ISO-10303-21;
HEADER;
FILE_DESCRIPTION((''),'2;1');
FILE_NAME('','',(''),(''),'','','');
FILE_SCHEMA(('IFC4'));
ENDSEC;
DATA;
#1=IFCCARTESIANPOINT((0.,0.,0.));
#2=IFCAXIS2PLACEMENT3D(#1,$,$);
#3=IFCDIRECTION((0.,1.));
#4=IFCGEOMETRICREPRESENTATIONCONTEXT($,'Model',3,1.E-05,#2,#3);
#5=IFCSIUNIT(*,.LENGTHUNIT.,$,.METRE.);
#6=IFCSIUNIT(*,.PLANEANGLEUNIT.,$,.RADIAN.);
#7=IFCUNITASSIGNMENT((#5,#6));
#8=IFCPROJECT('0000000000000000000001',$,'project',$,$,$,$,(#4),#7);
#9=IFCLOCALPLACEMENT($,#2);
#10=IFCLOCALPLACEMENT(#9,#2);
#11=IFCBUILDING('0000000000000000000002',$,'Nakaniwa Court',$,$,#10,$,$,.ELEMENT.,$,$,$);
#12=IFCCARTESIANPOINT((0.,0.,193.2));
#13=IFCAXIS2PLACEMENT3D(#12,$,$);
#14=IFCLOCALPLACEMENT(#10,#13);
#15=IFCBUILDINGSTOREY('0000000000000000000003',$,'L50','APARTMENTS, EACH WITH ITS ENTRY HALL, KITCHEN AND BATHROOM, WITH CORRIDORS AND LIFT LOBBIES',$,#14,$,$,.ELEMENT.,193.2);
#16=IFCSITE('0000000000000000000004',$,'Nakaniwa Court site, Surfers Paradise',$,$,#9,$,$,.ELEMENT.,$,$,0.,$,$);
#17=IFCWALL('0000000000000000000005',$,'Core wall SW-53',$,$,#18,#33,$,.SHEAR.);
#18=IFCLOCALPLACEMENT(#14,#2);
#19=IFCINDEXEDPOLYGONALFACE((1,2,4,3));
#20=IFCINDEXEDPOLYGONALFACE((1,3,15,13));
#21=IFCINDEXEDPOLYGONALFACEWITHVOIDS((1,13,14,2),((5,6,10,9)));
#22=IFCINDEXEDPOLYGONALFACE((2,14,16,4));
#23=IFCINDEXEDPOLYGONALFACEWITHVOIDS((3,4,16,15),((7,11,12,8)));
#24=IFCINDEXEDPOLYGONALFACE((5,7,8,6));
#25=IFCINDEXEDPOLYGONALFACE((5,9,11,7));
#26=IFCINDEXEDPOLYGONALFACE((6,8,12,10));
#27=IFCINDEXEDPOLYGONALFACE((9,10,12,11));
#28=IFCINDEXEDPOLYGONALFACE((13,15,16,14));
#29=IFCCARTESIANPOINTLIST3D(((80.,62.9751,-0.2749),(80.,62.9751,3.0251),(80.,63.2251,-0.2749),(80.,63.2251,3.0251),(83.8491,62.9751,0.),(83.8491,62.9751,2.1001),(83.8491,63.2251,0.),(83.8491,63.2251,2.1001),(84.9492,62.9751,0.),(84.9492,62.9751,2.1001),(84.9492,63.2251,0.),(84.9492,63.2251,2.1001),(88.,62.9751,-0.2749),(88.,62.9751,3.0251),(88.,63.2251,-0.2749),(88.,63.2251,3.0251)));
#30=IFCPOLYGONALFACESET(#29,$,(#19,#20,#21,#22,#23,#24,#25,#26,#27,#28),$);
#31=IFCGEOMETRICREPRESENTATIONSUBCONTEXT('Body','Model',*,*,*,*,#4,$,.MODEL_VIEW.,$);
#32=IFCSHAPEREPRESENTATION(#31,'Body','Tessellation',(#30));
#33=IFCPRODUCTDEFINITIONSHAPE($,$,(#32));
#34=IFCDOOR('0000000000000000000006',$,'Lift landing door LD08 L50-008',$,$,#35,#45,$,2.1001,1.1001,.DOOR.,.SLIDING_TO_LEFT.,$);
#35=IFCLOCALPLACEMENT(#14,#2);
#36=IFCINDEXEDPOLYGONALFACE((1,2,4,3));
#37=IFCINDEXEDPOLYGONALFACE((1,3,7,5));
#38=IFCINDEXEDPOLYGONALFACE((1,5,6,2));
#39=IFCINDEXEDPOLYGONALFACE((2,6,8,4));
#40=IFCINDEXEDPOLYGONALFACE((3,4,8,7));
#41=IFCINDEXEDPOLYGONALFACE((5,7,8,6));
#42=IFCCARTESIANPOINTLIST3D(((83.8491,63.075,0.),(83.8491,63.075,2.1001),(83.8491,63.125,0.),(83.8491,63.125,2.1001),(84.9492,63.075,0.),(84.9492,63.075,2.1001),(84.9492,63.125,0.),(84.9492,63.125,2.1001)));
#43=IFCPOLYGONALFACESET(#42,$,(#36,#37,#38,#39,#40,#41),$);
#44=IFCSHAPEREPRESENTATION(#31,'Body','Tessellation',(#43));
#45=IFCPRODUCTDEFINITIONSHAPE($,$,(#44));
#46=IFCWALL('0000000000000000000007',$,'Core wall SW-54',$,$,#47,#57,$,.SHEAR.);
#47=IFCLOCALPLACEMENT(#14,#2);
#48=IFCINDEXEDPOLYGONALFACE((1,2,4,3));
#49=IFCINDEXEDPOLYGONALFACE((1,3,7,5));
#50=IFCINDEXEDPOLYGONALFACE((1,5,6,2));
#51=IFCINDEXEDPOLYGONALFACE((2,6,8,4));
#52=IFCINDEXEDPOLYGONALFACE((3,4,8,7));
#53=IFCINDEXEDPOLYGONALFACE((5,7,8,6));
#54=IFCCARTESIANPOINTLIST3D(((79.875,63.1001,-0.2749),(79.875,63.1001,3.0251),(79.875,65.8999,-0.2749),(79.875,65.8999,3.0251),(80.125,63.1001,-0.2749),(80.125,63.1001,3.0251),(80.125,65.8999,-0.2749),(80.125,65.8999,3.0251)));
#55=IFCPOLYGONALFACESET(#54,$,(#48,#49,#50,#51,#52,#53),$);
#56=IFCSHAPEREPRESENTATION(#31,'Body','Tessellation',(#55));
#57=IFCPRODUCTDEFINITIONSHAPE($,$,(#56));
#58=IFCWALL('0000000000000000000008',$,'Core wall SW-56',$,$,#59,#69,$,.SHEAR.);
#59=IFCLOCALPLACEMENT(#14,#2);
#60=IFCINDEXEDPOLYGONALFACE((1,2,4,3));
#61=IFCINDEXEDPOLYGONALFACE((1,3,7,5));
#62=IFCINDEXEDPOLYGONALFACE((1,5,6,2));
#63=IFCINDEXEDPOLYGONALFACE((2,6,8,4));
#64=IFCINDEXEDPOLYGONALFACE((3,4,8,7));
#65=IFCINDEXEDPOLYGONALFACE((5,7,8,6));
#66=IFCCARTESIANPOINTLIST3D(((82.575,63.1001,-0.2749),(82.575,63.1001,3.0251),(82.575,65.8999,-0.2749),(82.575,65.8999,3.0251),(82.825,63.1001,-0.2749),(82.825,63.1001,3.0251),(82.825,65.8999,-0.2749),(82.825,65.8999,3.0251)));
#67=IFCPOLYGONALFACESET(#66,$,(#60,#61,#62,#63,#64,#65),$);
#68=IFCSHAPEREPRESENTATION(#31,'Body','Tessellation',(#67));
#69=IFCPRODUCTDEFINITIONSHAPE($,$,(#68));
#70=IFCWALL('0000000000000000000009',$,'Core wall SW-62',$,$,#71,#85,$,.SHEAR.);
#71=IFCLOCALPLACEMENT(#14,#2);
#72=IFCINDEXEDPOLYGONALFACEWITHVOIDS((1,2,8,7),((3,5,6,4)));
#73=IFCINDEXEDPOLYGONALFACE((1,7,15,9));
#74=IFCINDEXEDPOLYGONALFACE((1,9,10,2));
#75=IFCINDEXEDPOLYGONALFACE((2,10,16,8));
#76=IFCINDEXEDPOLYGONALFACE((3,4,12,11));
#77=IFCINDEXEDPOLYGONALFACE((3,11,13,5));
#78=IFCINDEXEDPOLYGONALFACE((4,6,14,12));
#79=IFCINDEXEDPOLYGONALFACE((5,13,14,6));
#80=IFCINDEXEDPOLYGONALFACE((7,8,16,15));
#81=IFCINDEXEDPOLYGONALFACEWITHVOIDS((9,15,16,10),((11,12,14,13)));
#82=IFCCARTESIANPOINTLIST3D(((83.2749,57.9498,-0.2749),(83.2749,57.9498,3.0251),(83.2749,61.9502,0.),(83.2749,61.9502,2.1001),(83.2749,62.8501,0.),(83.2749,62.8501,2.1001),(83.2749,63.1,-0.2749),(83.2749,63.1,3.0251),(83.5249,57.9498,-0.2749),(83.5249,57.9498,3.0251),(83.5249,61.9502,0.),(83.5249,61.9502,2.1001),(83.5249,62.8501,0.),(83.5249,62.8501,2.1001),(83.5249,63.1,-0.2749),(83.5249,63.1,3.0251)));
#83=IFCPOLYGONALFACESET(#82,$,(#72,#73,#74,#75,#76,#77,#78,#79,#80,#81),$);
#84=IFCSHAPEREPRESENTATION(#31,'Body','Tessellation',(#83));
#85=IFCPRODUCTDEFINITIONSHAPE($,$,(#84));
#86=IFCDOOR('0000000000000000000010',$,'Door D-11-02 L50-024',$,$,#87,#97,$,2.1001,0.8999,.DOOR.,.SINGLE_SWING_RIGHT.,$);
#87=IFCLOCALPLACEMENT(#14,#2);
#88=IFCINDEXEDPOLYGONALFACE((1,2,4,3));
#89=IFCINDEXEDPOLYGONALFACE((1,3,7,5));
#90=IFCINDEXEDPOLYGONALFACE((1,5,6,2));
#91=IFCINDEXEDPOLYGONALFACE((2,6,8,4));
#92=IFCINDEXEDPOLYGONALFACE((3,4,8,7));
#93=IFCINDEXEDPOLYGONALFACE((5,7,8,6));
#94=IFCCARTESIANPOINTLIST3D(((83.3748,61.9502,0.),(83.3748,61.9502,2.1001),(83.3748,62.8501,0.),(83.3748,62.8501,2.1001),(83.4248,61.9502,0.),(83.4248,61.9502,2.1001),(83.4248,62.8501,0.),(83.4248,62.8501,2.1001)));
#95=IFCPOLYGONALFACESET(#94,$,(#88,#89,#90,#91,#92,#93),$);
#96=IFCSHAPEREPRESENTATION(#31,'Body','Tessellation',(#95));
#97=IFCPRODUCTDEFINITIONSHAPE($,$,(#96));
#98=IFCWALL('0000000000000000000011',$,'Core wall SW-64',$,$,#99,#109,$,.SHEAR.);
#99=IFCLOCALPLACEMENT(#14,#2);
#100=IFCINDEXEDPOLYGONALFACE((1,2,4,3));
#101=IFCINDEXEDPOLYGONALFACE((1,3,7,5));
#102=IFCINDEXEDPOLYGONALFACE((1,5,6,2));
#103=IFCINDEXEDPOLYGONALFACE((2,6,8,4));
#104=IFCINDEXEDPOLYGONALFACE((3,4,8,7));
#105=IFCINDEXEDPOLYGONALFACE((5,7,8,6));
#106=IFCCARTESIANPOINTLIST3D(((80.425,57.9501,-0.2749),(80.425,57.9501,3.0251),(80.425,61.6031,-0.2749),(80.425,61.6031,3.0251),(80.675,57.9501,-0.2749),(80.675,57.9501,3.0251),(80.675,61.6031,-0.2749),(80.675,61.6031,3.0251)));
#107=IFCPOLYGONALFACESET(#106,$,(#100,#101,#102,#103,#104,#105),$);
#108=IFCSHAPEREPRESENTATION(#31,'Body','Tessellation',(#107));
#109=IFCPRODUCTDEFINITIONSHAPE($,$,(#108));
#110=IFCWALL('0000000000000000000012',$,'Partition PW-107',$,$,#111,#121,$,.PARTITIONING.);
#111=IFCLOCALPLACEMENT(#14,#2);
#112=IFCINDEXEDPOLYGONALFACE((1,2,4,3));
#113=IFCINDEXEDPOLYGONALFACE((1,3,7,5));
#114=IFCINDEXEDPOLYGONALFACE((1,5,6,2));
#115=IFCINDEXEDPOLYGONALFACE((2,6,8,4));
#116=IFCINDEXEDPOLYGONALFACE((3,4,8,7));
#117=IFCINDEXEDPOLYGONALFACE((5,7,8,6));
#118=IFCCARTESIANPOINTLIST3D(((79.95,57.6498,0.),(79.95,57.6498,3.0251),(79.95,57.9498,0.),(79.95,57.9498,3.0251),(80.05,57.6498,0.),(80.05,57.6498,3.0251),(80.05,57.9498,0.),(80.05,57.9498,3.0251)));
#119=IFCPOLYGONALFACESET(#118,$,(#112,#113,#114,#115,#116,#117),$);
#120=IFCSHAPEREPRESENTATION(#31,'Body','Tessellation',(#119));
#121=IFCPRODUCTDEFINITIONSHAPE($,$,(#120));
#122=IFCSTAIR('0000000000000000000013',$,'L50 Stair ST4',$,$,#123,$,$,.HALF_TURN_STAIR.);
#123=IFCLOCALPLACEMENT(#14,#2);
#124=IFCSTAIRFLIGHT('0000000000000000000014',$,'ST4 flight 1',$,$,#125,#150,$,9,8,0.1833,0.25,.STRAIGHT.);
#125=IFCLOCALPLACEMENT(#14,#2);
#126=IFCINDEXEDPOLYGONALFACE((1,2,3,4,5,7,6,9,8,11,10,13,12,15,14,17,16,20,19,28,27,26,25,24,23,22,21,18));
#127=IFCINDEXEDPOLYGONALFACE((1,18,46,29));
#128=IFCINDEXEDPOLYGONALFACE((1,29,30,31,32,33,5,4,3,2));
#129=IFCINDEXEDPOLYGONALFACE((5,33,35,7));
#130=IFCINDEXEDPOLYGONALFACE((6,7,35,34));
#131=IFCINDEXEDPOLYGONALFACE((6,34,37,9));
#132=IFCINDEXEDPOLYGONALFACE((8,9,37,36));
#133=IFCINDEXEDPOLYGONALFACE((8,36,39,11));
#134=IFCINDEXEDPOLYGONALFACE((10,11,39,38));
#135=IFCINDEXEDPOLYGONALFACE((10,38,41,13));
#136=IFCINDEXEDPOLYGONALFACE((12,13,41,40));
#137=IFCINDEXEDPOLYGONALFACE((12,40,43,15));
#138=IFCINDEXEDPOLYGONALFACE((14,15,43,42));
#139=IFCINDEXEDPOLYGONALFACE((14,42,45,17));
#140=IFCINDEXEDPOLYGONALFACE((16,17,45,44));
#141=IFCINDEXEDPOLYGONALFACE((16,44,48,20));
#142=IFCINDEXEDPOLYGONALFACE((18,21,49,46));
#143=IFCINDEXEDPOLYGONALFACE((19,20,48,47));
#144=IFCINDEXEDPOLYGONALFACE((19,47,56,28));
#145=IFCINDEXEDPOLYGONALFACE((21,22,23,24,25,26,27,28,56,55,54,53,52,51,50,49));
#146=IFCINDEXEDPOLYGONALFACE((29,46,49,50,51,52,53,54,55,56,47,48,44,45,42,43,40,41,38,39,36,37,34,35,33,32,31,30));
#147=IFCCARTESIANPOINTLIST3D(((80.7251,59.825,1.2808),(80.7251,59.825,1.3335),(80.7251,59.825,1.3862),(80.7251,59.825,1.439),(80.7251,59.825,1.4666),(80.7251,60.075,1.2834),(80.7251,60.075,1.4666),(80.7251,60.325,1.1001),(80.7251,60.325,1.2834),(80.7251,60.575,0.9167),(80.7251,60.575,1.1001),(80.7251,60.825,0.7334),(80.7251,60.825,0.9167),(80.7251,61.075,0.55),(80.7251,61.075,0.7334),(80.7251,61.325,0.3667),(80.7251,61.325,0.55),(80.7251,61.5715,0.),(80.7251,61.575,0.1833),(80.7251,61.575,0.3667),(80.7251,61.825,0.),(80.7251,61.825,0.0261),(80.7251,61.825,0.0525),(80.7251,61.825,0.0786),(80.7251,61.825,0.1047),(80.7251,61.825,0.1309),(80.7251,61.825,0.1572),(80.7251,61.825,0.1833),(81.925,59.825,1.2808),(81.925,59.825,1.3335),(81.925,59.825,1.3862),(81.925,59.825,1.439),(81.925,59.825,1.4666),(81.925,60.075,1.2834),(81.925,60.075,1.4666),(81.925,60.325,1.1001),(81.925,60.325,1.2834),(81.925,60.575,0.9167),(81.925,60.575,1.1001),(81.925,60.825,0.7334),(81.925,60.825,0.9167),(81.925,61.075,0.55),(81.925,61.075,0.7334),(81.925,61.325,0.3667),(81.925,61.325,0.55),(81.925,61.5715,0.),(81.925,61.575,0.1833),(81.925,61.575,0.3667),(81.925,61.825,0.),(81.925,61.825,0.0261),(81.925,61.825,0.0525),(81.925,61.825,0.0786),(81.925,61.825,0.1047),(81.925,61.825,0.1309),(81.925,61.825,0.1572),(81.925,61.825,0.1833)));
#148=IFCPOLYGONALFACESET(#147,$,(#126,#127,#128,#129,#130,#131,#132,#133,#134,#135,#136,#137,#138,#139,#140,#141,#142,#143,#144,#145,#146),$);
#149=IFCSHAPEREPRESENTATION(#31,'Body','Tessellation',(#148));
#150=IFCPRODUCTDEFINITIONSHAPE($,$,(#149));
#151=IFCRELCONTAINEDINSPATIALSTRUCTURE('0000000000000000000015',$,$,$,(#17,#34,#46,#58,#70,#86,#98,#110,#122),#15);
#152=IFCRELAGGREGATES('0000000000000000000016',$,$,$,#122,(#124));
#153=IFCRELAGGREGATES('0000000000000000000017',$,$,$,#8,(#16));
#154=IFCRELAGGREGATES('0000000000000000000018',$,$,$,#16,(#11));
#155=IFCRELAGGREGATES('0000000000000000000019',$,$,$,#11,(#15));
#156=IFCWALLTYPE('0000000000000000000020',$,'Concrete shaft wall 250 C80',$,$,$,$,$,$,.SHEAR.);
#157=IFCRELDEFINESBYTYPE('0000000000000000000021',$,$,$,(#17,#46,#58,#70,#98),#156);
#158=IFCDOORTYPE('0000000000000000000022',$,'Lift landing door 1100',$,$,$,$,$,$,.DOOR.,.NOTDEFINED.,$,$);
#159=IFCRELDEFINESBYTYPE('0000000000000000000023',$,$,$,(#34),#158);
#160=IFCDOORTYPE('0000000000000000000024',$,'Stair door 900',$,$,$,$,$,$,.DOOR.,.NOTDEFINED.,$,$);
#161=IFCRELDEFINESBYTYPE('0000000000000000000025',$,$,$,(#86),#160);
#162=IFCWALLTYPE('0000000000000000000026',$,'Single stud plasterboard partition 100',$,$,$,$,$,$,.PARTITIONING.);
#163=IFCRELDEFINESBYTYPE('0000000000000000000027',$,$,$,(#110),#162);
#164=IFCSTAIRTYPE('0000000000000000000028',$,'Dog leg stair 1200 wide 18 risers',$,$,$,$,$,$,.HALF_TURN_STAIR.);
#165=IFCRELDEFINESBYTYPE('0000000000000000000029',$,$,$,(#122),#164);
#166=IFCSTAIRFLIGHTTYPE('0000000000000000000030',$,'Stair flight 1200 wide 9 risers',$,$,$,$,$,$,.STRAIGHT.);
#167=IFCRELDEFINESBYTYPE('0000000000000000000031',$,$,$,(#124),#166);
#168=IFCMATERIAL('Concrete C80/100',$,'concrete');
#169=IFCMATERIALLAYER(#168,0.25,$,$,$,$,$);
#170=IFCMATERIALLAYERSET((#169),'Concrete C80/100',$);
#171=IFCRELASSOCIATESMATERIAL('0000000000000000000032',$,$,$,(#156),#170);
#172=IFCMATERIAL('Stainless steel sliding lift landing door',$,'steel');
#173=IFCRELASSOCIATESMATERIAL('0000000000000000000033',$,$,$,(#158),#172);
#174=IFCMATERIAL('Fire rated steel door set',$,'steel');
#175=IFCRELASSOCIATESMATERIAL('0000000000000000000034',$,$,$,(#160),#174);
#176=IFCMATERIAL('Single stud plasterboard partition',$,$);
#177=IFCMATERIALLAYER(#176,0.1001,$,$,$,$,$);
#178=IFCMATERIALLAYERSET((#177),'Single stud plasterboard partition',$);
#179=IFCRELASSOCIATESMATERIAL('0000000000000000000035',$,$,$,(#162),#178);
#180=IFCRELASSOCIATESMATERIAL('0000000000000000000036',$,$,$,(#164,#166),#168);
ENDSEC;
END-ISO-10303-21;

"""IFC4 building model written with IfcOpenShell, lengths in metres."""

from ifc_helpers import new_model, si_unit, direction, frame, frame_2d, origin, place, context, subcontext, project, spatial, polyline, rectangle, outline, extrude, material, layer, layer_set, type_object, element, fill, aggregate, save


model = new_model("IFC4")

# Units and contexts
model_context = context("Model", 3, precision=1e-05, world=origin(), true_north=direction((0.0, 1.0)))
body_context = subcontext(model_context, "Body", "Model", "MODEL_VIEW")
ifc_project = project(units=[si_unit("LENGTHUNIT", "METRE"), si_unit("PLANEANGLEUNIT", "RADIAN")], contexts=[model_context])

# Site, building, storey
site_placement = place(None, origin())
site = spatial("IfcSite", under=ifc_project, at=site_placement, Name="Nakaniwa Court site, Surfers Paradise", CompositionType="ELEMENT", RefElevation=0.0)
building_placement = place(site_placement, origin())
building = spatial("IfcBuilding", under=site, at=building_placement, Name="Nakaniwa Court", CompositionType="ELEMENT")
storey_placement = place(building_placement, frame((0.0, 0.0, 193.2)))
storey = spatial("IfcBuildingStorey", under=building, at=storey_placement, Name="L50", Description="APARTMENTS, EACH WITH ITS ENTRY HALL, KITCHEN AND BATHROOM, WITH CORRIDORS AND LIFT LOBBIES", CompositionType="ELEMENT", Elevation=193.2)

# Shared definitions
ifc_material_1 = material(Name="Concrete C80/100", Category="concrete")

# Shared definitions
ifc_material_2 = material(Name="Fire rated steel door set", Category="steel")

# Wall, opening, door
ifc_layer_1 = layer(ifc_material_1, 0.25)
ifc_layer_set_1 = layer_set([ifc_layer_1], Name="Concrete C80/100")
wall_type_1 = type_object("IfcWallType", Name="Concrete shaft wall 250 C80", PredefinedType="SHEAR", material=ifc_layer_set_1)
wall_1_placement = place(storey_placement, frame((80.0, 63.1001, -0.2749), z_axis=(0.0, 0.0, 1.0), x_axis=(1.0, 0.0, 0.0)))
wall_1 = element("IfcWall", 1, at=wall_1_placement, inside=storey, type_object=wall_type_1, Name="Core wall SW-53", PredefinedType="SHEAR", context=body_context, shape_type="SweptSolid", body=[
    extrude(rectangle(XDim=8.0, YDim=0.25, at=frame_2d((4.0, 0.0))), origin(), (0.0, 0.0, 1.0), 3.3),
])
opening_1_placement = place(wall_1_placement, frame((3.8491, 0.0, 0.2749)))
opening_1 = element("IfcOpeningElement", 2, at=opening_1_placement, cuts=wall_1, PredefinedType="OPENING", context=body_context, shape_type="SweptSolid", body=[
    extrude(rectangle(XDim=1.1001, YDim=2.1001, at=frame_2d((0.55, 1.05))), frame((0.0, 0.135, 0.0), z_axis=(0.0, -1.0, 0.0), x_axis=(1.0, 0.0, 0.0)), (0.0, 0.0, 1.0), 0.27),
])
ifc_material_3 = material(Name="Stainless steel sliding lift landing door", Category="steel")
door_type_1 = type_object("IfcDoorType", Name="Lift landing door 1100", OperationType="NOTDEFINED", PredefinedType="DOOR", material=ifc_material_3)
door_1_placement = place(opening_1_placement, origin())
door_1 = element("IfcDoor", 3, at=door_1_placement, inside=storey, type_object=door_type_1, Name="Lift landing door LD08 L50-008", OperationType="SLIDING_TO_LEFT", OverallHeight=2.1001, OverallWidth=1.1001, PredefinedType="DOOR", context=body_context, shape_type="SweptSolid", body=[
    extrude(rectangle(XDim=1.1001, YDim=2.1001, at=frame_2d((0.55, 1.05))), frame((0.0, 0.0249, 0.0), z_axis=(0.0, -1.0, 0.0), x_axis=(1.0, 0.0, 0.0)), (0.0, 0.0, 1.0), 0.05),
])
fill(opening_1, door_1)

# Walls
for number, where, z_axis, x_axis, name in (
    (4, (80.0, 63.1001, -0.2749), (0.0, 0.0, 1.0), (0.0, 1.0, 0.0), "Core wall SW-54"),
    (5, (82.7, 63.1001, -0.2749), (0.0, 0.0, 1.0), (0.0, 1.0, 0.0), "Core wall SW-56"),
):
    element("IfcWall", number, at=place(storey_placement, frame(where, z_axis=z_axis, x_axis=x_axis)), inside=storey, type_object=wall_type_1, Name=name, PredefinedType="SHEAR", context=body_context, shape_type="SweptSolid", body=[
        extrude(rectangle(XDim=2.7998, YDim=0.25, at=frame_2d((1.3999, 0.0))), origin(), (0.0, 0.0, 1.0), 3.3),
    ])

# Wall, opening, door
wall_2_placement = place(storey_placement, frame((83.3999, 63.1001, -0.2749), z_axis=(0.0, 0.0, 1.0), x_axis=(0.0, -1.0, 0.0)))
wall_2 = element("IfcWall", 6, at=wall_2_placement, inside=storey, type_object=wall_type_1, Name="Core wall SW-62", PredefinedType="SHEAR", context=body_context, shape_type="SweptSolid", body=[
    extrude(rectangle(XDim=5.1501, YDim=0.25, at=frame_2d((2.5752, 0.0))), origin(), (0.0, 0.0, 1.0), 3.3),
])
opening_2_placement = place(wall_2_placement, frame((0.25, 0.0, 0.2749)))
opening_2 = element("IfcOpeningElement", 7, at=opening_2_placement, cuts=wall_2, PredefinedType="OPENING", context=body_context, shape_type="SweptSolid", body=[
    extrude(rectangle(XDim=0.8999, YDim=2.1001, at=frame_2d((0.45, 1.05))), frame((0.0, 0.135, 0.0), z_axis=(0.0, -1.0, 0.0), x_axis=(1.0, 0.0, 0.0)), (0.0, 0.0, 1.0), 0.27),
])
door_type_2 = type_object("IfcDoorType", Name="Stair door 900", OperationType="NOTDEFINED", PredefinedType="DOOR", material=ifc_material_2)
door_2_placement = place(opening_2_placement, origin())
door_2 = element("IfcDoor", 8, at=door_2_placement, inside=storey, type_object=door_type_2, Name="Door D-11-02 L50-024", OperationType="SINGLE_SWING_RIGHT", OverallHeight=2.1001, OverallWidth=0.8999, PredefinedType="DOOR", context=body_context, shape_type="SweptSolid", body=[
    extrude(rectangle(XDim=0.8999, YDim=2.1001, at=frame_2d((0.45, 1.05))), frame((0.0, 0.0249, 0.0), z_axis=(0.0, -1.0, 0.0), x_axis=(1.0, 0.0, 0.0)), (0.0, 0.0, 1.0), 0.05),
])
fill(opening_2, door_2)

# Walls
wall_3_placement = place(storey_placement, frame((80.55, 57.95, -0.2749), z_axis=(0.0, 0.0, 1.0), x_axis=(0.0, 1.0, 0.0)))
element("IfcWall", 9, at=wall_3_placement, inside=storey, type_object=wall_type_1, Name="Core wall SW-64", PredefinedType="SHEAR", context=body_context, shape_type="SweptSolid", body=[
    extrude(rectangle(XDim=3.6531, YDim=0.25, at=frame_2d((1.8267, 0.0))), origin(), (0.0, 0.0, 1.0), 3.3),
])
ifc_material_4 = material(Name="Single stud plasterboard partition")
ifc_layer_2 = layer(ifc_material_4, 0.1001)
ifc_layer_set_2 = layer_set([ifc_layer_2], Name="Single stud plasterboard partition")
wall_type_2 = type_object("IfcWallType", Name="Single stud plasterboard partition 100", PredefinedType="PARTITIONING", material=ifc_layer_set_2)
wall_4_placement = place(storey_placement, frame((80.0, 57.6499, 0.0), z_axis=(0.0, 0.0, 1.0), x_axis=(0.0, 1.0, 0.0)))
element("IfcWall", 10, at=wall_4_placement, inside=storey, type_object=wall_type_2, Name="Partition PW-107", PredefinedType="PARTITIONING", context=body_context, shape_type="SweptSolid", body=[
    extrude(rectangle(XDim=0.3, YDim=0.1001, at=frame_2d((0.1499, 0.0))), origin(), (0.0, 0.0, 1.0), 3.0251),
])

# Stair, stair flight
stair_type = type_object("IfcStairType", Name="Dog leg stair 1200 wide 18 risers", PredefinedType="HALF_TURN_STAIR", material=ifc_material_1)
stair_placement = place(storey_placement, origin())
stair = element("IfcStair", 11, at=stair_placement, inside=storey, type_object=stair_type, Name="L50 Stair ST4", PredefinedType="HALF_TURN_STAIR")
stair_flight_type = type_object("IfcStairFlightType", Name="Stair flight 1200 wide 9 risers", PredefinedType="STRAIGHT", material=ifc_material_1)
stair_flight_1_placement = place(storey_placement, frame((81.325, 61.825, 0.0), z_axis=(0.0, 0.0, 1.0), x_axis=(0.0, -1.0, 0.0)))
stair_flight_1 = element("IfcStairFlight", 12, at=stair_flight_1_placement, type_object=stair_flight_type, Name="ST4 flight 1", NumberOfRisers=9, NumberOfTreads=8, PredefinedType="STRAIGHT", RiserHeight=0.1833, TreadLength=0.25, context=body_context, shape_type="SweptSolid", body=[
    extrude(outline(polyline([(0.0, 0.0), (0.0, 0.0261), (0.0, 0.0525), (0.0, 0.0786), (0.0, 0.1047), (0.0, 0.1309), (0.0, 0.1572), (0.0, 0.1833), (0.25, 0.1833), (0.25, 0.3667), (0.5, 0.3667), (0.5, 0.55), (0.75, 0.55), (0.75, 0.7334), (1.0, 0.7334), (1.0, 0.9167), (1.25, 0.9167), (1.25, 1.1001), (1.5, 1.1001), (1.5, 1.2834), (1.75, 1.2834), (1.75, 1.4666), (2.0, 1.4666), (2.0, 1.6499), (2.0, 1.5972), (2.0, 1.5444), (2.0, 1.4917), (2.0, 1.439), (2.0, 1.3862), (2.0, 1.3335), (2.0, 1.2808), (0.2534, 0.0), (0.0, 0.0)])), frame((0.0, 0.6001, 0.0), z_axis=(0.0, -1.0, 0.0), x_axis=(1.0, 0.0, 0.0)), (0.0, 0.0, 1.0), 1.2),
])
aggregate(stair, [stair_flight_1])

save(model, "model.ifc")
